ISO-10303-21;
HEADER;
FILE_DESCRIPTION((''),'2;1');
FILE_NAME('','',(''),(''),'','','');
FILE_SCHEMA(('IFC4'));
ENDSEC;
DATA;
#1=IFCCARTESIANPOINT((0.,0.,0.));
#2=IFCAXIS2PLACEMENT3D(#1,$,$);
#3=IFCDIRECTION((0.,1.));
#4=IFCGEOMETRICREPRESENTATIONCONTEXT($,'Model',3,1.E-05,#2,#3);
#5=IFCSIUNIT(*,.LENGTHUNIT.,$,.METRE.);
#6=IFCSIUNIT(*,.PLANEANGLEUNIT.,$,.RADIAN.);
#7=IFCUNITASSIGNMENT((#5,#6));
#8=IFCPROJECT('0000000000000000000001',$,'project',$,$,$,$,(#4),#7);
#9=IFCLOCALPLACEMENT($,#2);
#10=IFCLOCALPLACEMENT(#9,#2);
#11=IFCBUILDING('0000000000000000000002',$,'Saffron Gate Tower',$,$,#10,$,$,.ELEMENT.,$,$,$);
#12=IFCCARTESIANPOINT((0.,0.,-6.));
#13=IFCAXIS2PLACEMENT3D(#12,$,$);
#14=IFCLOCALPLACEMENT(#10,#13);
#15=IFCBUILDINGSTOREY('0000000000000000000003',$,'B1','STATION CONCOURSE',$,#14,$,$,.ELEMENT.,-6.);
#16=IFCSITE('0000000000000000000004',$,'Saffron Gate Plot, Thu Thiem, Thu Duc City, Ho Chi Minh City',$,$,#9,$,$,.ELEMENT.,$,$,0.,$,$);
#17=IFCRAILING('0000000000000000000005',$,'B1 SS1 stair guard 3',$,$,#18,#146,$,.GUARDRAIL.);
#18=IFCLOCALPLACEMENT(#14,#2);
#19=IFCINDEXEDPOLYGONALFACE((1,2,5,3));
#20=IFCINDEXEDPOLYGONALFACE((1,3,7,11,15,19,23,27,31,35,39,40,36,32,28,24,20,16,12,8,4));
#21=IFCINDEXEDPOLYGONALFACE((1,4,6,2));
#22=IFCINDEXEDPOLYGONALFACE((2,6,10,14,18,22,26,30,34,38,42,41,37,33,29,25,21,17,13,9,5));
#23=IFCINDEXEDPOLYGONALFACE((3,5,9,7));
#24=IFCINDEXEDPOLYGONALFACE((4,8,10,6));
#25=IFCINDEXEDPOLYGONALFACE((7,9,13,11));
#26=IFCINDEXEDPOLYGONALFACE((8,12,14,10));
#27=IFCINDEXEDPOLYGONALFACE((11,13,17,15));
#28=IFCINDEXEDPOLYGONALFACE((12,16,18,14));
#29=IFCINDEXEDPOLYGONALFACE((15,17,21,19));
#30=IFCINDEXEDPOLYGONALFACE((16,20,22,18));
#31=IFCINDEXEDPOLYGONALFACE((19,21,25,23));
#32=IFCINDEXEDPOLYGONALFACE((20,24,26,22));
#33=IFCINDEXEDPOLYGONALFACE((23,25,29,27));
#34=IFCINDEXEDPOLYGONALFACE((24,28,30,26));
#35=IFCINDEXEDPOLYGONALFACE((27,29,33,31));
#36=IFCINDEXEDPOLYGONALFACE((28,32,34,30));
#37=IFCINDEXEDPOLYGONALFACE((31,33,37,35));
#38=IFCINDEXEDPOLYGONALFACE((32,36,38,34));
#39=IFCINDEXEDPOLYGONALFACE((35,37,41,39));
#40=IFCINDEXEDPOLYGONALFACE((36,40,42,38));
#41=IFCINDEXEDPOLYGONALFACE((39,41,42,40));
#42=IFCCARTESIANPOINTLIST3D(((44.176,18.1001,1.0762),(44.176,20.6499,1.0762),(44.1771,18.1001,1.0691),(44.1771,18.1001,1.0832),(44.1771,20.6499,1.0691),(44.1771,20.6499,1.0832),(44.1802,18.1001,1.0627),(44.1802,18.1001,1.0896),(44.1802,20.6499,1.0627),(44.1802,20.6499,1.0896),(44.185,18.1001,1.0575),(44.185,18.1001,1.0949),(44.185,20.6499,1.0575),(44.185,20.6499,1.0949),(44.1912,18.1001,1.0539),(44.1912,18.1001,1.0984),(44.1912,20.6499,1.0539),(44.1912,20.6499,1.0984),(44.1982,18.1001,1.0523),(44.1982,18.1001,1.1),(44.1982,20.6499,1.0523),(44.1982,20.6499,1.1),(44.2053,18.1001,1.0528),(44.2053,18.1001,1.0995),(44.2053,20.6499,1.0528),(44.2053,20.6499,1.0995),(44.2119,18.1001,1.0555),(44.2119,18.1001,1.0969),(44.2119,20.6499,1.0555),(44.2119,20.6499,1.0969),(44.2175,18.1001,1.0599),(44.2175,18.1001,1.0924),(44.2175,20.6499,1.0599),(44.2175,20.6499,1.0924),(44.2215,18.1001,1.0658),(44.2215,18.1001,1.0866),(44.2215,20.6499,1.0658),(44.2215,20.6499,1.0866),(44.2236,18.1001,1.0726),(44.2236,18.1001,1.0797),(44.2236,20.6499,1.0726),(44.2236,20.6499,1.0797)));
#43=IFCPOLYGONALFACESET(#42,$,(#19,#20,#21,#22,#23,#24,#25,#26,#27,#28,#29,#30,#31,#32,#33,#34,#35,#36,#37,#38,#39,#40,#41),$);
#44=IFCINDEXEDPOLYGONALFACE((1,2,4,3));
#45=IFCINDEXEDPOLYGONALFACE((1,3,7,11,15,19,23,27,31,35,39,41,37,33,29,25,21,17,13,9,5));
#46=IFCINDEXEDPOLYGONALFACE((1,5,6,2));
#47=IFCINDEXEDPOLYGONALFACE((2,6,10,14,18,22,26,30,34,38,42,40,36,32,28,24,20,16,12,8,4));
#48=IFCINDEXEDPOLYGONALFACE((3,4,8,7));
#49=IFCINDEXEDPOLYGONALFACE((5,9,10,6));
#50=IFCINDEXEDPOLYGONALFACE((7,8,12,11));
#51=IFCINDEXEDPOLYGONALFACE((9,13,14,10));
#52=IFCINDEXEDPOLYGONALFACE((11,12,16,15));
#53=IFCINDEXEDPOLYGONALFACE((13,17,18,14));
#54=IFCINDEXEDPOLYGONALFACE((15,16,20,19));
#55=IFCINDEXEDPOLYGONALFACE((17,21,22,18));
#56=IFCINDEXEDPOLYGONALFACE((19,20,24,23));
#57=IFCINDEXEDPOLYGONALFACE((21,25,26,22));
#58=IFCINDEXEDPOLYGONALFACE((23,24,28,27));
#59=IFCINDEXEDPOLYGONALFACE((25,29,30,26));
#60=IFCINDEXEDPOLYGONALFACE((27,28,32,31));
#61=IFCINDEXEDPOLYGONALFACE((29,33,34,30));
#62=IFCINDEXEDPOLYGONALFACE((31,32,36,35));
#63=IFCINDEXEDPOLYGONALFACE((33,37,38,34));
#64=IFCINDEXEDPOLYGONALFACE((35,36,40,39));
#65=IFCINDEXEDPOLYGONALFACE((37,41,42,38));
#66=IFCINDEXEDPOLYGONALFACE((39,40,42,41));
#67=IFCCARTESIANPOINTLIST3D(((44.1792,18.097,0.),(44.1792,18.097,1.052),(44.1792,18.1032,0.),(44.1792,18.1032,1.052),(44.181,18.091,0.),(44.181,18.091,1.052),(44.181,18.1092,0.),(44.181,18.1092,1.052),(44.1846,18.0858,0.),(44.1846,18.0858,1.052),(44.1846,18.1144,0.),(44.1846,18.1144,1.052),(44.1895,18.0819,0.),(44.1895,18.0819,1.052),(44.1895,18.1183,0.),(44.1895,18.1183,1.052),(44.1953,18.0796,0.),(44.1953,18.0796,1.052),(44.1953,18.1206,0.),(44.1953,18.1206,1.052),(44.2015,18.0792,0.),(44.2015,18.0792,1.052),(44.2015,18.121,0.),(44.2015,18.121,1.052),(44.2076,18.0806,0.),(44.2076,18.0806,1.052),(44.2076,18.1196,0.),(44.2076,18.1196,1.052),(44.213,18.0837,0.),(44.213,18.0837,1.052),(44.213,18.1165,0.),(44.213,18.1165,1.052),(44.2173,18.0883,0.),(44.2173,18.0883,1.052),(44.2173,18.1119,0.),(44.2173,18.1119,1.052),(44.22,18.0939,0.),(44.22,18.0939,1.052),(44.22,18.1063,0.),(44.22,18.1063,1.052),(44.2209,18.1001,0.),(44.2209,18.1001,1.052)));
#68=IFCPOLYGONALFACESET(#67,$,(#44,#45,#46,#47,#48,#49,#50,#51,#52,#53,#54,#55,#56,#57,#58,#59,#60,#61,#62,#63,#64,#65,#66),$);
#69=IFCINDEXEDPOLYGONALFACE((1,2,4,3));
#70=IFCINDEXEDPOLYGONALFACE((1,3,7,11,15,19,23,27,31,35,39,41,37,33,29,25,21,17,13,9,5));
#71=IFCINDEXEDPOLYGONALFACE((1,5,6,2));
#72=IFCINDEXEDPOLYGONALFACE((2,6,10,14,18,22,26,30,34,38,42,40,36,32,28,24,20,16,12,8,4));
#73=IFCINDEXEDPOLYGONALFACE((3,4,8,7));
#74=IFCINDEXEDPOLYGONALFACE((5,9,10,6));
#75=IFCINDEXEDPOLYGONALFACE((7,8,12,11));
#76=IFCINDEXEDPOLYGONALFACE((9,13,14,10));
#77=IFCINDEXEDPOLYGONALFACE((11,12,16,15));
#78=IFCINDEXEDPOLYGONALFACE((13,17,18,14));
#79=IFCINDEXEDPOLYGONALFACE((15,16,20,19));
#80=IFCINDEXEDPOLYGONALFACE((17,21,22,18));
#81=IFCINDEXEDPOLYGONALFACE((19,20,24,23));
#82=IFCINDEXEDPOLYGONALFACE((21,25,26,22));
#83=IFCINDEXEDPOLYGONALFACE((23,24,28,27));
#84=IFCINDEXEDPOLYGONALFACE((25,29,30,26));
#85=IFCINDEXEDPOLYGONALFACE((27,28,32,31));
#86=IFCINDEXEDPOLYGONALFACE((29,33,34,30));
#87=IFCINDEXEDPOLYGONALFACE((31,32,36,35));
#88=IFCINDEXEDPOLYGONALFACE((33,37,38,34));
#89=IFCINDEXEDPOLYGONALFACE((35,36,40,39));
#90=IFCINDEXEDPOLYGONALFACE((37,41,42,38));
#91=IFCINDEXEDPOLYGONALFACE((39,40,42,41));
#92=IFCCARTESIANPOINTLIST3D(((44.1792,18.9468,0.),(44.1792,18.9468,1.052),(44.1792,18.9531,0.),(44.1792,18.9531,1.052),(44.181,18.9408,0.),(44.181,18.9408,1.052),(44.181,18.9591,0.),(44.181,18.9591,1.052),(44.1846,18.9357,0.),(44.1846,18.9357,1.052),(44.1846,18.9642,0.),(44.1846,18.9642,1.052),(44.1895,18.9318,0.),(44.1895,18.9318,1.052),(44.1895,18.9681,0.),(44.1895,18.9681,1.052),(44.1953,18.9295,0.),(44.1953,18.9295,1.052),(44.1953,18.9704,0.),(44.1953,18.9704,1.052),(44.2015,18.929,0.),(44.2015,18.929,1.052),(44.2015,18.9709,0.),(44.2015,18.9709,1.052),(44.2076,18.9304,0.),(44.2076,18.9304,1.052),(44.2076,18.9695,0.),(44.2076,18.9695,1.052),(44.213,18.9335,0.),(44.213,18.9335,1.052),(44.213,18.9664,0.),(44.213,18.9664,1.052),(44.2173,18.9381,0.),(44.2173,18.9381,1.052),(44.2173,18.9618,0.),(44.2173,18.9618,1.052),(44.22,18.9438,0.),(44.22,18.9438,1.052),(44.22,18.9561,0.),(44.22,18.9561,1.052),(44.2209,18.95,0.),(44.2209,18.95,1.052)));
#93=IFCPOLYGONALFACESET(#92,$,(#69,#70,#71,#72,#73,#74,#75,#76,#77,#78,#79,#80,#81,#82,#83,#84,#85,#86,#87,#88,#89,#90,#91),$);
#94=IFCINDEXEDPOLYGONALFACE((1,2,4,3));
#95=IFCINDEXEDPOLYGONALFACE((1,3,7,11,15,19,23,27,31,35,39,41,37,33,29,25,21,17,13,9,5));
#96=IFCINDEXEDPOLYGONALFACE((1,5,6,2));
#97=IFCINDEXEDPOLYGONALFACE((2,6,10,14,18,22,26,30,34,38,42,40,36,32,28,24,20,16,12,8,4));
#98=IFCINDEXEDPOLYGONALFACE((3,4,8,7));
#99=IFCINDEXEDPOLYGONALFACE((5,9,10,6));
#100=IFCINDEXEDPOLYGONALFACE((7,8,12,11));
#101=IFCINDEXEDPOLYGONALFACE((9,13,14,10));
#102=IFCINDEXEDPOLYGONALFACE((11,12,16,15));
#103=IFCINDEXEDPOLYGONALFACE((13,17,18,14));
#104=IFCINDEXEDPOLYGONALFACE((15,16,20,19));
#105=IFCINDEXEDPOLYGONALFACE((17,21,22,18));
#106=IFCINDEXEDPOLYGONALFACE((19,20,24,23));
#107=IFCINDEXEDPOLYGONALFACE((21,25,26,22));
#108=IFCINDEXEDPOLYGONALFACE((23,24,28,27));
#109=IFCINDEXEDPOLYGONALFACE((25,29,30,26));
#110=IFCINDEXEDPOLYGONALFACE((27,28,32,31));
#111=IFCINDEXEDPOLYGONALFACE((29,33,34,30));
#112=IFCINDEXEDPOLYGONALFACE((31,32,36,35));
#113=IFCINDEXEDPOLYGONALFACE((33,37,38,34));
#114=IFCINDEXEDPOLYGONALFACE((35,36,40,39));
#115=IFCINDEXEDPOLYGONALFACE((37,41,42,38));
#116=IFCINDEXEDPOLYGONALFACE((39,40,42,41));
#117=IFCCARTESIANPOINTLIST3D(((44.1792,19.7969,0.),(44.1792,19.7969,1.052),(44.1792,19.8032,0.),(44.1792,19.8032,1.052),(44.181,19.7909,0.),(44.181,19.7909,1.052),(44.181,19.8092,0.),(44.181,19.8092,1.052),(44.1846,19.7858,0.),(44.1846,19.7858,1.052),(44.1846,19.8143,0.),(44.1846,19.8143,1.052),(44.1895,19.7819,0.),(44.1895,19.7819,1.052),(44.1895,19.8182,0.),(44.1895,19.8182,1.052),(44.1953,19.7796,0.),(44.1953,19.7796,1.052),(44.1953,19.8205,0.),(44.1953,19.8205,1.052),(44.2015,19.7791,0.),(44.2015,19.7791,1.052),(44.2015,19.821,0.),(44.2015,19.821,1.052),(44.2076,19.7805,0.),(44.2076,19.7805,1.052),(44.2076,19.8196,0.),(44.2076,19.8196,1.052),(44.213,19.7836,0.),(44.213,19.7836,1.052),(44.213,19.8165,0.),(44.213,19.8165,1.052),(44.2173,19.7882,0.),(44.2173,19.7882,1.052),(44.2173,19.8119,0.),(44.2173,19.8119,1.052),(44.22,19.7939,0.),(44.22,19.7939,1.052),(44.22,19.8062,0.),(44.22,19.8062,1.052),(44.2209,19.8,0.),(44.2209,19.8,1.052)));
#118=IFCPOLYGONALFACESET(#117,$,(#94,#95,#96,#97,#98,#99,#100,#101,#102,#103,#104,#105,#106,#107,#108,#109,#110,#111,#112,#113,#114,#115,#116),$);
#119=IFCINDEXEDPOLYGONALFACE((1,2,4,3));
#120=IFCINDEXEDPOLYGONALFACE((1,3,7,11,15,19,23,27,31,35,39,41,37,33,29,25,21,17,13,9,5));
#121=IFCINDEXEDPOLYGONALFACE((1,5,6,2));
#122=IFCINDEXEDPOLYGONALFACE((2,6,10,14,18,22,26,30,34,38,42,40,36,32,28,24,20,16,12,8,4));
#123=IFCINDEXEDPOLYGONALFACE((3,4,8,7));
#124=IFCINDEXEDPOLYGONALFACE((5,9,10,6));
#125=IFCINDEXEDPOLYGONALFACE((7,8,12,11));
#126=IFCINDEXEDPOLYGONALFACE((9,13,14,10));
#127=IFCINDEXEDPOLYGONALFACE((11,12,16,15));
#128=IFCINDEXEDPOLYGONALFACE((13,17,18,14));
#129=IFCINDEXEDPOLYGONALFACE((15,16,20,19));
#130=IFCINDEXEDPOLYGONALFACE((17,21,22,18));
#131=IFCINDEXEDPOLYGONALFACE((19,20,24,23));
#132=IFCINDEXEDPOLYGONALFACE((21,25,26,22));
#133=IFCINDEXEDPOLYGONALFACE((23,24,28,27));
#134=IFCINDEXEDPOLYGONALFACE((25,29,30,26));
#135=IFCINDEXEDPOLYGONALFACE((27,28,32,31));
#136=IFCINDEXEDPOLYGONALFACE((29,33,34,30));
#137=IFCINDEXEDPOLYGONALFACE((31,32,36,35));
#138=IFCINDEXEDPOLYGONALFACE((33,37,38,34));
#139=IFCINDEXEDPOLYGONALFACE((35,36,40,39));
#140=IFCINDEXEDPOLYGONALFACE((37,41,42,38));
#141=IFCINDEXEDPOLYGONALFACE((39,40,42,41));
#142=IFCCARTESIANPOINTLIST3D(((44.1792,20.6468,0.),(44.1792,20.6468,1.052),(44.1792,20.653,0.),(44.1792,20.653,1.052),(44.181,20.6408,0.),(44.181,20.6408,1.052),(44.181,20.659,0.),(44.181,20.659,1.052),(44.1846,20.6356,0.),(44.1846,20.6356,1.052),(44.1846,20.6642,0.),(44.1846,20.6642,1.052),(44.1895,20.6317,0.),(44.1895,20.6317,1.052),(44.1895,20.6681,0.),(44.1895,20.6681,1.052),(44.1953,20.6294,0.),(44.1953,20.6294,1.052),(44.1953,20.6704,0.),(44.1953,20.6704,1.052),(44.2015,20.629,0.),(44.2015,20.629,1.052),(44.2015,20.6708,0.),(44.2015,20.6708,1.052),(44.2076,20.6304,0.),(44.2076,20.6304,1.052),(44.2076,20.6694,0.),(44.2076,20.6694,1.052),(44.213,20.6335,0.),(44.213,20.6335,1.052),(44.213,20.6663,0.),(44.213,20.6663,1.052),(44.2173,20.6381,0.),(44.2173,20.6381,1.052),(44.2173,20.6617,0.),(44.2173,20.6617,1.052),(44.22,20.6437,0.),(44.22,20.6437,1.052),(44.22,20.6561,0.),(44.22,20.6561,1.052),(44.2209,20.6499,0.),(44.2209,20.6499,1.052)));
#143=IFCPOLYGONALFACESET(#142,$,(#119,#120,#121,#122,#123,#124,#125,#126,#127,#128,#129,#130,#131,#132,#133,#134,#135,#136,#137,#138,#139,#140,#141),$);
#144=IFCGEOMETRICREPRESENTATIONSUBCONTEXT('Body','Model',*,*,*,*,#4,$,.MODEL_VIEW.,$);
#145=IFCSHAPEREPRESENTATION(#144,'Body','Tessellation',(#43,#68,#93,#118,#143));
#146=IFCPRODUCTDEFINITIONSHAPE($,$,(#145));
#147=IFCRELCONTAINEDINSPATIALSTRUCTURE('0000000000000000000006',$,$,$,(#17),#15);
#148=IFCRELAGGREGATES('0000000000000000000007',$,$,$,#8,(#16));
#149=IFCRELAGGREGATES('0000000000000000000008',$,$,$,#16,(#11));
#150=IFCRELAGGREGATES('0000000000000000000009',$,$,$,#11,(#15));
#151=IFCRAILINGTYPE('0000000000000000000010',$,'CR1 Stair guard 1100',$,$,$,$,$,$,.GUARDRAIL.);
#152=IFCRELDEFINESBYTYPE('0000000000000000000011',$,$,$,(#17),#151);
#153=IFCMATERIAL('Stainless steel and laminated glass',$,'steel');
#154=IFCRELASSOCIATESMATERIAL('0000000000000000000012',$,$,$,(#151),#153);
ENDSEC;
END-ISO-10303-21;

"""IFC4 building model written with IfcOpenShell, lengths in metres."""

from ifc_helpers import new_model, si_unit, direction, frame, origin, origin_2d, place, context, subcontext, project, spatial, circle, extrude, material, type_object, element, save


model = new_model("IFC4")

# Units and contexts
model_context = context("Model", 3, precision=1e-05, world=origin(), true_north=direction((0.0, 1.0)))
body_context = subcontext(model_context, "Body", "Model", "MODEL_VIEW")
ifc_project = project(units=[si_unit("LENGTHUNIT", "METRE"), si_unit("PLANEANGLEUNIT", "RADIAN")], contexts=[model_context])

# Site, building, storey
site_placement = place(None, origin())
site = spatial("IfcSite", under=ifc_project, at=site_placement, Name="Saffron Gate Plot, Thu Thiem, Thu Duc City, Ho Chi Minh City", CompositionType="ELEMENT", RefElevation=0.0)
building_placement = place(site_placement, origin())
building = spatial("IfcBuilding", under=site, at=building_placement, Name="Saffron Gate Tower", CompositionType="ELEMENT")
storey_placement = place(building_placement, frame((0.0, 0.0, -6.0)))
storey = spatial("IfcBuildingStorey", under=building, at=storey_placement, Name="B1", Description="STATION CONCOURSE", CompositionType="ELEMENT", Elevation=-6.0)

# Railing
ifc_material_1 = material(Name="Stainless steel and laminated glass", Category="steel")
railing_type_1 = type_object("IfcRailingType", Name="CR1 Stair guard 1100", PredefinedType="GUARDRAIL", material=ifc_material_1)
for number, where, name in (
    (1, (44.2, 18.1001, 0.0), "B1 SS1 stair guard 3"),
):
    element("IfcRailing", number, at=place(storey_placement, frame(where)), inside=storey, type_object=railing_type_1, Name=name, PredefinedType="GUARDRAIL", context=body_context, shape_type="SweptSolid", body=[
        extrude(circle(Radius=0.0239, at=origin_2d()), frame((0.0, 0.0, 1.0762), z_axis=(0.0, 1.0, 0.0), x_axis=(-1.0, 0.0, 0.0)), (0.0, 0.0, 1.0), 2.5498),
        extrude(circle(Radius=0.021, at=origin_2d()), origin(), (0.0, 0.0, 1.0), 1.052),
        extrude(circle(Radius=0.021, at=origin_2d()), frame((0.0, 0.8499, 0.0)), (0.0, 0.0, 1.0), 1.052),
        extrude(circle(Radius=0.021, at=origin_2d()), frame((0.0, 1.7, 0.0)), (0.0, 0.0, 1.0), 1.052),
        extrude(circle(Radius=0.021, at=origin_2d()), frame((0.0, 2.5498, 0.0)), (0.0, 0.0, 1.0), 1.052),
    ])

save(model, "model.ifc")
